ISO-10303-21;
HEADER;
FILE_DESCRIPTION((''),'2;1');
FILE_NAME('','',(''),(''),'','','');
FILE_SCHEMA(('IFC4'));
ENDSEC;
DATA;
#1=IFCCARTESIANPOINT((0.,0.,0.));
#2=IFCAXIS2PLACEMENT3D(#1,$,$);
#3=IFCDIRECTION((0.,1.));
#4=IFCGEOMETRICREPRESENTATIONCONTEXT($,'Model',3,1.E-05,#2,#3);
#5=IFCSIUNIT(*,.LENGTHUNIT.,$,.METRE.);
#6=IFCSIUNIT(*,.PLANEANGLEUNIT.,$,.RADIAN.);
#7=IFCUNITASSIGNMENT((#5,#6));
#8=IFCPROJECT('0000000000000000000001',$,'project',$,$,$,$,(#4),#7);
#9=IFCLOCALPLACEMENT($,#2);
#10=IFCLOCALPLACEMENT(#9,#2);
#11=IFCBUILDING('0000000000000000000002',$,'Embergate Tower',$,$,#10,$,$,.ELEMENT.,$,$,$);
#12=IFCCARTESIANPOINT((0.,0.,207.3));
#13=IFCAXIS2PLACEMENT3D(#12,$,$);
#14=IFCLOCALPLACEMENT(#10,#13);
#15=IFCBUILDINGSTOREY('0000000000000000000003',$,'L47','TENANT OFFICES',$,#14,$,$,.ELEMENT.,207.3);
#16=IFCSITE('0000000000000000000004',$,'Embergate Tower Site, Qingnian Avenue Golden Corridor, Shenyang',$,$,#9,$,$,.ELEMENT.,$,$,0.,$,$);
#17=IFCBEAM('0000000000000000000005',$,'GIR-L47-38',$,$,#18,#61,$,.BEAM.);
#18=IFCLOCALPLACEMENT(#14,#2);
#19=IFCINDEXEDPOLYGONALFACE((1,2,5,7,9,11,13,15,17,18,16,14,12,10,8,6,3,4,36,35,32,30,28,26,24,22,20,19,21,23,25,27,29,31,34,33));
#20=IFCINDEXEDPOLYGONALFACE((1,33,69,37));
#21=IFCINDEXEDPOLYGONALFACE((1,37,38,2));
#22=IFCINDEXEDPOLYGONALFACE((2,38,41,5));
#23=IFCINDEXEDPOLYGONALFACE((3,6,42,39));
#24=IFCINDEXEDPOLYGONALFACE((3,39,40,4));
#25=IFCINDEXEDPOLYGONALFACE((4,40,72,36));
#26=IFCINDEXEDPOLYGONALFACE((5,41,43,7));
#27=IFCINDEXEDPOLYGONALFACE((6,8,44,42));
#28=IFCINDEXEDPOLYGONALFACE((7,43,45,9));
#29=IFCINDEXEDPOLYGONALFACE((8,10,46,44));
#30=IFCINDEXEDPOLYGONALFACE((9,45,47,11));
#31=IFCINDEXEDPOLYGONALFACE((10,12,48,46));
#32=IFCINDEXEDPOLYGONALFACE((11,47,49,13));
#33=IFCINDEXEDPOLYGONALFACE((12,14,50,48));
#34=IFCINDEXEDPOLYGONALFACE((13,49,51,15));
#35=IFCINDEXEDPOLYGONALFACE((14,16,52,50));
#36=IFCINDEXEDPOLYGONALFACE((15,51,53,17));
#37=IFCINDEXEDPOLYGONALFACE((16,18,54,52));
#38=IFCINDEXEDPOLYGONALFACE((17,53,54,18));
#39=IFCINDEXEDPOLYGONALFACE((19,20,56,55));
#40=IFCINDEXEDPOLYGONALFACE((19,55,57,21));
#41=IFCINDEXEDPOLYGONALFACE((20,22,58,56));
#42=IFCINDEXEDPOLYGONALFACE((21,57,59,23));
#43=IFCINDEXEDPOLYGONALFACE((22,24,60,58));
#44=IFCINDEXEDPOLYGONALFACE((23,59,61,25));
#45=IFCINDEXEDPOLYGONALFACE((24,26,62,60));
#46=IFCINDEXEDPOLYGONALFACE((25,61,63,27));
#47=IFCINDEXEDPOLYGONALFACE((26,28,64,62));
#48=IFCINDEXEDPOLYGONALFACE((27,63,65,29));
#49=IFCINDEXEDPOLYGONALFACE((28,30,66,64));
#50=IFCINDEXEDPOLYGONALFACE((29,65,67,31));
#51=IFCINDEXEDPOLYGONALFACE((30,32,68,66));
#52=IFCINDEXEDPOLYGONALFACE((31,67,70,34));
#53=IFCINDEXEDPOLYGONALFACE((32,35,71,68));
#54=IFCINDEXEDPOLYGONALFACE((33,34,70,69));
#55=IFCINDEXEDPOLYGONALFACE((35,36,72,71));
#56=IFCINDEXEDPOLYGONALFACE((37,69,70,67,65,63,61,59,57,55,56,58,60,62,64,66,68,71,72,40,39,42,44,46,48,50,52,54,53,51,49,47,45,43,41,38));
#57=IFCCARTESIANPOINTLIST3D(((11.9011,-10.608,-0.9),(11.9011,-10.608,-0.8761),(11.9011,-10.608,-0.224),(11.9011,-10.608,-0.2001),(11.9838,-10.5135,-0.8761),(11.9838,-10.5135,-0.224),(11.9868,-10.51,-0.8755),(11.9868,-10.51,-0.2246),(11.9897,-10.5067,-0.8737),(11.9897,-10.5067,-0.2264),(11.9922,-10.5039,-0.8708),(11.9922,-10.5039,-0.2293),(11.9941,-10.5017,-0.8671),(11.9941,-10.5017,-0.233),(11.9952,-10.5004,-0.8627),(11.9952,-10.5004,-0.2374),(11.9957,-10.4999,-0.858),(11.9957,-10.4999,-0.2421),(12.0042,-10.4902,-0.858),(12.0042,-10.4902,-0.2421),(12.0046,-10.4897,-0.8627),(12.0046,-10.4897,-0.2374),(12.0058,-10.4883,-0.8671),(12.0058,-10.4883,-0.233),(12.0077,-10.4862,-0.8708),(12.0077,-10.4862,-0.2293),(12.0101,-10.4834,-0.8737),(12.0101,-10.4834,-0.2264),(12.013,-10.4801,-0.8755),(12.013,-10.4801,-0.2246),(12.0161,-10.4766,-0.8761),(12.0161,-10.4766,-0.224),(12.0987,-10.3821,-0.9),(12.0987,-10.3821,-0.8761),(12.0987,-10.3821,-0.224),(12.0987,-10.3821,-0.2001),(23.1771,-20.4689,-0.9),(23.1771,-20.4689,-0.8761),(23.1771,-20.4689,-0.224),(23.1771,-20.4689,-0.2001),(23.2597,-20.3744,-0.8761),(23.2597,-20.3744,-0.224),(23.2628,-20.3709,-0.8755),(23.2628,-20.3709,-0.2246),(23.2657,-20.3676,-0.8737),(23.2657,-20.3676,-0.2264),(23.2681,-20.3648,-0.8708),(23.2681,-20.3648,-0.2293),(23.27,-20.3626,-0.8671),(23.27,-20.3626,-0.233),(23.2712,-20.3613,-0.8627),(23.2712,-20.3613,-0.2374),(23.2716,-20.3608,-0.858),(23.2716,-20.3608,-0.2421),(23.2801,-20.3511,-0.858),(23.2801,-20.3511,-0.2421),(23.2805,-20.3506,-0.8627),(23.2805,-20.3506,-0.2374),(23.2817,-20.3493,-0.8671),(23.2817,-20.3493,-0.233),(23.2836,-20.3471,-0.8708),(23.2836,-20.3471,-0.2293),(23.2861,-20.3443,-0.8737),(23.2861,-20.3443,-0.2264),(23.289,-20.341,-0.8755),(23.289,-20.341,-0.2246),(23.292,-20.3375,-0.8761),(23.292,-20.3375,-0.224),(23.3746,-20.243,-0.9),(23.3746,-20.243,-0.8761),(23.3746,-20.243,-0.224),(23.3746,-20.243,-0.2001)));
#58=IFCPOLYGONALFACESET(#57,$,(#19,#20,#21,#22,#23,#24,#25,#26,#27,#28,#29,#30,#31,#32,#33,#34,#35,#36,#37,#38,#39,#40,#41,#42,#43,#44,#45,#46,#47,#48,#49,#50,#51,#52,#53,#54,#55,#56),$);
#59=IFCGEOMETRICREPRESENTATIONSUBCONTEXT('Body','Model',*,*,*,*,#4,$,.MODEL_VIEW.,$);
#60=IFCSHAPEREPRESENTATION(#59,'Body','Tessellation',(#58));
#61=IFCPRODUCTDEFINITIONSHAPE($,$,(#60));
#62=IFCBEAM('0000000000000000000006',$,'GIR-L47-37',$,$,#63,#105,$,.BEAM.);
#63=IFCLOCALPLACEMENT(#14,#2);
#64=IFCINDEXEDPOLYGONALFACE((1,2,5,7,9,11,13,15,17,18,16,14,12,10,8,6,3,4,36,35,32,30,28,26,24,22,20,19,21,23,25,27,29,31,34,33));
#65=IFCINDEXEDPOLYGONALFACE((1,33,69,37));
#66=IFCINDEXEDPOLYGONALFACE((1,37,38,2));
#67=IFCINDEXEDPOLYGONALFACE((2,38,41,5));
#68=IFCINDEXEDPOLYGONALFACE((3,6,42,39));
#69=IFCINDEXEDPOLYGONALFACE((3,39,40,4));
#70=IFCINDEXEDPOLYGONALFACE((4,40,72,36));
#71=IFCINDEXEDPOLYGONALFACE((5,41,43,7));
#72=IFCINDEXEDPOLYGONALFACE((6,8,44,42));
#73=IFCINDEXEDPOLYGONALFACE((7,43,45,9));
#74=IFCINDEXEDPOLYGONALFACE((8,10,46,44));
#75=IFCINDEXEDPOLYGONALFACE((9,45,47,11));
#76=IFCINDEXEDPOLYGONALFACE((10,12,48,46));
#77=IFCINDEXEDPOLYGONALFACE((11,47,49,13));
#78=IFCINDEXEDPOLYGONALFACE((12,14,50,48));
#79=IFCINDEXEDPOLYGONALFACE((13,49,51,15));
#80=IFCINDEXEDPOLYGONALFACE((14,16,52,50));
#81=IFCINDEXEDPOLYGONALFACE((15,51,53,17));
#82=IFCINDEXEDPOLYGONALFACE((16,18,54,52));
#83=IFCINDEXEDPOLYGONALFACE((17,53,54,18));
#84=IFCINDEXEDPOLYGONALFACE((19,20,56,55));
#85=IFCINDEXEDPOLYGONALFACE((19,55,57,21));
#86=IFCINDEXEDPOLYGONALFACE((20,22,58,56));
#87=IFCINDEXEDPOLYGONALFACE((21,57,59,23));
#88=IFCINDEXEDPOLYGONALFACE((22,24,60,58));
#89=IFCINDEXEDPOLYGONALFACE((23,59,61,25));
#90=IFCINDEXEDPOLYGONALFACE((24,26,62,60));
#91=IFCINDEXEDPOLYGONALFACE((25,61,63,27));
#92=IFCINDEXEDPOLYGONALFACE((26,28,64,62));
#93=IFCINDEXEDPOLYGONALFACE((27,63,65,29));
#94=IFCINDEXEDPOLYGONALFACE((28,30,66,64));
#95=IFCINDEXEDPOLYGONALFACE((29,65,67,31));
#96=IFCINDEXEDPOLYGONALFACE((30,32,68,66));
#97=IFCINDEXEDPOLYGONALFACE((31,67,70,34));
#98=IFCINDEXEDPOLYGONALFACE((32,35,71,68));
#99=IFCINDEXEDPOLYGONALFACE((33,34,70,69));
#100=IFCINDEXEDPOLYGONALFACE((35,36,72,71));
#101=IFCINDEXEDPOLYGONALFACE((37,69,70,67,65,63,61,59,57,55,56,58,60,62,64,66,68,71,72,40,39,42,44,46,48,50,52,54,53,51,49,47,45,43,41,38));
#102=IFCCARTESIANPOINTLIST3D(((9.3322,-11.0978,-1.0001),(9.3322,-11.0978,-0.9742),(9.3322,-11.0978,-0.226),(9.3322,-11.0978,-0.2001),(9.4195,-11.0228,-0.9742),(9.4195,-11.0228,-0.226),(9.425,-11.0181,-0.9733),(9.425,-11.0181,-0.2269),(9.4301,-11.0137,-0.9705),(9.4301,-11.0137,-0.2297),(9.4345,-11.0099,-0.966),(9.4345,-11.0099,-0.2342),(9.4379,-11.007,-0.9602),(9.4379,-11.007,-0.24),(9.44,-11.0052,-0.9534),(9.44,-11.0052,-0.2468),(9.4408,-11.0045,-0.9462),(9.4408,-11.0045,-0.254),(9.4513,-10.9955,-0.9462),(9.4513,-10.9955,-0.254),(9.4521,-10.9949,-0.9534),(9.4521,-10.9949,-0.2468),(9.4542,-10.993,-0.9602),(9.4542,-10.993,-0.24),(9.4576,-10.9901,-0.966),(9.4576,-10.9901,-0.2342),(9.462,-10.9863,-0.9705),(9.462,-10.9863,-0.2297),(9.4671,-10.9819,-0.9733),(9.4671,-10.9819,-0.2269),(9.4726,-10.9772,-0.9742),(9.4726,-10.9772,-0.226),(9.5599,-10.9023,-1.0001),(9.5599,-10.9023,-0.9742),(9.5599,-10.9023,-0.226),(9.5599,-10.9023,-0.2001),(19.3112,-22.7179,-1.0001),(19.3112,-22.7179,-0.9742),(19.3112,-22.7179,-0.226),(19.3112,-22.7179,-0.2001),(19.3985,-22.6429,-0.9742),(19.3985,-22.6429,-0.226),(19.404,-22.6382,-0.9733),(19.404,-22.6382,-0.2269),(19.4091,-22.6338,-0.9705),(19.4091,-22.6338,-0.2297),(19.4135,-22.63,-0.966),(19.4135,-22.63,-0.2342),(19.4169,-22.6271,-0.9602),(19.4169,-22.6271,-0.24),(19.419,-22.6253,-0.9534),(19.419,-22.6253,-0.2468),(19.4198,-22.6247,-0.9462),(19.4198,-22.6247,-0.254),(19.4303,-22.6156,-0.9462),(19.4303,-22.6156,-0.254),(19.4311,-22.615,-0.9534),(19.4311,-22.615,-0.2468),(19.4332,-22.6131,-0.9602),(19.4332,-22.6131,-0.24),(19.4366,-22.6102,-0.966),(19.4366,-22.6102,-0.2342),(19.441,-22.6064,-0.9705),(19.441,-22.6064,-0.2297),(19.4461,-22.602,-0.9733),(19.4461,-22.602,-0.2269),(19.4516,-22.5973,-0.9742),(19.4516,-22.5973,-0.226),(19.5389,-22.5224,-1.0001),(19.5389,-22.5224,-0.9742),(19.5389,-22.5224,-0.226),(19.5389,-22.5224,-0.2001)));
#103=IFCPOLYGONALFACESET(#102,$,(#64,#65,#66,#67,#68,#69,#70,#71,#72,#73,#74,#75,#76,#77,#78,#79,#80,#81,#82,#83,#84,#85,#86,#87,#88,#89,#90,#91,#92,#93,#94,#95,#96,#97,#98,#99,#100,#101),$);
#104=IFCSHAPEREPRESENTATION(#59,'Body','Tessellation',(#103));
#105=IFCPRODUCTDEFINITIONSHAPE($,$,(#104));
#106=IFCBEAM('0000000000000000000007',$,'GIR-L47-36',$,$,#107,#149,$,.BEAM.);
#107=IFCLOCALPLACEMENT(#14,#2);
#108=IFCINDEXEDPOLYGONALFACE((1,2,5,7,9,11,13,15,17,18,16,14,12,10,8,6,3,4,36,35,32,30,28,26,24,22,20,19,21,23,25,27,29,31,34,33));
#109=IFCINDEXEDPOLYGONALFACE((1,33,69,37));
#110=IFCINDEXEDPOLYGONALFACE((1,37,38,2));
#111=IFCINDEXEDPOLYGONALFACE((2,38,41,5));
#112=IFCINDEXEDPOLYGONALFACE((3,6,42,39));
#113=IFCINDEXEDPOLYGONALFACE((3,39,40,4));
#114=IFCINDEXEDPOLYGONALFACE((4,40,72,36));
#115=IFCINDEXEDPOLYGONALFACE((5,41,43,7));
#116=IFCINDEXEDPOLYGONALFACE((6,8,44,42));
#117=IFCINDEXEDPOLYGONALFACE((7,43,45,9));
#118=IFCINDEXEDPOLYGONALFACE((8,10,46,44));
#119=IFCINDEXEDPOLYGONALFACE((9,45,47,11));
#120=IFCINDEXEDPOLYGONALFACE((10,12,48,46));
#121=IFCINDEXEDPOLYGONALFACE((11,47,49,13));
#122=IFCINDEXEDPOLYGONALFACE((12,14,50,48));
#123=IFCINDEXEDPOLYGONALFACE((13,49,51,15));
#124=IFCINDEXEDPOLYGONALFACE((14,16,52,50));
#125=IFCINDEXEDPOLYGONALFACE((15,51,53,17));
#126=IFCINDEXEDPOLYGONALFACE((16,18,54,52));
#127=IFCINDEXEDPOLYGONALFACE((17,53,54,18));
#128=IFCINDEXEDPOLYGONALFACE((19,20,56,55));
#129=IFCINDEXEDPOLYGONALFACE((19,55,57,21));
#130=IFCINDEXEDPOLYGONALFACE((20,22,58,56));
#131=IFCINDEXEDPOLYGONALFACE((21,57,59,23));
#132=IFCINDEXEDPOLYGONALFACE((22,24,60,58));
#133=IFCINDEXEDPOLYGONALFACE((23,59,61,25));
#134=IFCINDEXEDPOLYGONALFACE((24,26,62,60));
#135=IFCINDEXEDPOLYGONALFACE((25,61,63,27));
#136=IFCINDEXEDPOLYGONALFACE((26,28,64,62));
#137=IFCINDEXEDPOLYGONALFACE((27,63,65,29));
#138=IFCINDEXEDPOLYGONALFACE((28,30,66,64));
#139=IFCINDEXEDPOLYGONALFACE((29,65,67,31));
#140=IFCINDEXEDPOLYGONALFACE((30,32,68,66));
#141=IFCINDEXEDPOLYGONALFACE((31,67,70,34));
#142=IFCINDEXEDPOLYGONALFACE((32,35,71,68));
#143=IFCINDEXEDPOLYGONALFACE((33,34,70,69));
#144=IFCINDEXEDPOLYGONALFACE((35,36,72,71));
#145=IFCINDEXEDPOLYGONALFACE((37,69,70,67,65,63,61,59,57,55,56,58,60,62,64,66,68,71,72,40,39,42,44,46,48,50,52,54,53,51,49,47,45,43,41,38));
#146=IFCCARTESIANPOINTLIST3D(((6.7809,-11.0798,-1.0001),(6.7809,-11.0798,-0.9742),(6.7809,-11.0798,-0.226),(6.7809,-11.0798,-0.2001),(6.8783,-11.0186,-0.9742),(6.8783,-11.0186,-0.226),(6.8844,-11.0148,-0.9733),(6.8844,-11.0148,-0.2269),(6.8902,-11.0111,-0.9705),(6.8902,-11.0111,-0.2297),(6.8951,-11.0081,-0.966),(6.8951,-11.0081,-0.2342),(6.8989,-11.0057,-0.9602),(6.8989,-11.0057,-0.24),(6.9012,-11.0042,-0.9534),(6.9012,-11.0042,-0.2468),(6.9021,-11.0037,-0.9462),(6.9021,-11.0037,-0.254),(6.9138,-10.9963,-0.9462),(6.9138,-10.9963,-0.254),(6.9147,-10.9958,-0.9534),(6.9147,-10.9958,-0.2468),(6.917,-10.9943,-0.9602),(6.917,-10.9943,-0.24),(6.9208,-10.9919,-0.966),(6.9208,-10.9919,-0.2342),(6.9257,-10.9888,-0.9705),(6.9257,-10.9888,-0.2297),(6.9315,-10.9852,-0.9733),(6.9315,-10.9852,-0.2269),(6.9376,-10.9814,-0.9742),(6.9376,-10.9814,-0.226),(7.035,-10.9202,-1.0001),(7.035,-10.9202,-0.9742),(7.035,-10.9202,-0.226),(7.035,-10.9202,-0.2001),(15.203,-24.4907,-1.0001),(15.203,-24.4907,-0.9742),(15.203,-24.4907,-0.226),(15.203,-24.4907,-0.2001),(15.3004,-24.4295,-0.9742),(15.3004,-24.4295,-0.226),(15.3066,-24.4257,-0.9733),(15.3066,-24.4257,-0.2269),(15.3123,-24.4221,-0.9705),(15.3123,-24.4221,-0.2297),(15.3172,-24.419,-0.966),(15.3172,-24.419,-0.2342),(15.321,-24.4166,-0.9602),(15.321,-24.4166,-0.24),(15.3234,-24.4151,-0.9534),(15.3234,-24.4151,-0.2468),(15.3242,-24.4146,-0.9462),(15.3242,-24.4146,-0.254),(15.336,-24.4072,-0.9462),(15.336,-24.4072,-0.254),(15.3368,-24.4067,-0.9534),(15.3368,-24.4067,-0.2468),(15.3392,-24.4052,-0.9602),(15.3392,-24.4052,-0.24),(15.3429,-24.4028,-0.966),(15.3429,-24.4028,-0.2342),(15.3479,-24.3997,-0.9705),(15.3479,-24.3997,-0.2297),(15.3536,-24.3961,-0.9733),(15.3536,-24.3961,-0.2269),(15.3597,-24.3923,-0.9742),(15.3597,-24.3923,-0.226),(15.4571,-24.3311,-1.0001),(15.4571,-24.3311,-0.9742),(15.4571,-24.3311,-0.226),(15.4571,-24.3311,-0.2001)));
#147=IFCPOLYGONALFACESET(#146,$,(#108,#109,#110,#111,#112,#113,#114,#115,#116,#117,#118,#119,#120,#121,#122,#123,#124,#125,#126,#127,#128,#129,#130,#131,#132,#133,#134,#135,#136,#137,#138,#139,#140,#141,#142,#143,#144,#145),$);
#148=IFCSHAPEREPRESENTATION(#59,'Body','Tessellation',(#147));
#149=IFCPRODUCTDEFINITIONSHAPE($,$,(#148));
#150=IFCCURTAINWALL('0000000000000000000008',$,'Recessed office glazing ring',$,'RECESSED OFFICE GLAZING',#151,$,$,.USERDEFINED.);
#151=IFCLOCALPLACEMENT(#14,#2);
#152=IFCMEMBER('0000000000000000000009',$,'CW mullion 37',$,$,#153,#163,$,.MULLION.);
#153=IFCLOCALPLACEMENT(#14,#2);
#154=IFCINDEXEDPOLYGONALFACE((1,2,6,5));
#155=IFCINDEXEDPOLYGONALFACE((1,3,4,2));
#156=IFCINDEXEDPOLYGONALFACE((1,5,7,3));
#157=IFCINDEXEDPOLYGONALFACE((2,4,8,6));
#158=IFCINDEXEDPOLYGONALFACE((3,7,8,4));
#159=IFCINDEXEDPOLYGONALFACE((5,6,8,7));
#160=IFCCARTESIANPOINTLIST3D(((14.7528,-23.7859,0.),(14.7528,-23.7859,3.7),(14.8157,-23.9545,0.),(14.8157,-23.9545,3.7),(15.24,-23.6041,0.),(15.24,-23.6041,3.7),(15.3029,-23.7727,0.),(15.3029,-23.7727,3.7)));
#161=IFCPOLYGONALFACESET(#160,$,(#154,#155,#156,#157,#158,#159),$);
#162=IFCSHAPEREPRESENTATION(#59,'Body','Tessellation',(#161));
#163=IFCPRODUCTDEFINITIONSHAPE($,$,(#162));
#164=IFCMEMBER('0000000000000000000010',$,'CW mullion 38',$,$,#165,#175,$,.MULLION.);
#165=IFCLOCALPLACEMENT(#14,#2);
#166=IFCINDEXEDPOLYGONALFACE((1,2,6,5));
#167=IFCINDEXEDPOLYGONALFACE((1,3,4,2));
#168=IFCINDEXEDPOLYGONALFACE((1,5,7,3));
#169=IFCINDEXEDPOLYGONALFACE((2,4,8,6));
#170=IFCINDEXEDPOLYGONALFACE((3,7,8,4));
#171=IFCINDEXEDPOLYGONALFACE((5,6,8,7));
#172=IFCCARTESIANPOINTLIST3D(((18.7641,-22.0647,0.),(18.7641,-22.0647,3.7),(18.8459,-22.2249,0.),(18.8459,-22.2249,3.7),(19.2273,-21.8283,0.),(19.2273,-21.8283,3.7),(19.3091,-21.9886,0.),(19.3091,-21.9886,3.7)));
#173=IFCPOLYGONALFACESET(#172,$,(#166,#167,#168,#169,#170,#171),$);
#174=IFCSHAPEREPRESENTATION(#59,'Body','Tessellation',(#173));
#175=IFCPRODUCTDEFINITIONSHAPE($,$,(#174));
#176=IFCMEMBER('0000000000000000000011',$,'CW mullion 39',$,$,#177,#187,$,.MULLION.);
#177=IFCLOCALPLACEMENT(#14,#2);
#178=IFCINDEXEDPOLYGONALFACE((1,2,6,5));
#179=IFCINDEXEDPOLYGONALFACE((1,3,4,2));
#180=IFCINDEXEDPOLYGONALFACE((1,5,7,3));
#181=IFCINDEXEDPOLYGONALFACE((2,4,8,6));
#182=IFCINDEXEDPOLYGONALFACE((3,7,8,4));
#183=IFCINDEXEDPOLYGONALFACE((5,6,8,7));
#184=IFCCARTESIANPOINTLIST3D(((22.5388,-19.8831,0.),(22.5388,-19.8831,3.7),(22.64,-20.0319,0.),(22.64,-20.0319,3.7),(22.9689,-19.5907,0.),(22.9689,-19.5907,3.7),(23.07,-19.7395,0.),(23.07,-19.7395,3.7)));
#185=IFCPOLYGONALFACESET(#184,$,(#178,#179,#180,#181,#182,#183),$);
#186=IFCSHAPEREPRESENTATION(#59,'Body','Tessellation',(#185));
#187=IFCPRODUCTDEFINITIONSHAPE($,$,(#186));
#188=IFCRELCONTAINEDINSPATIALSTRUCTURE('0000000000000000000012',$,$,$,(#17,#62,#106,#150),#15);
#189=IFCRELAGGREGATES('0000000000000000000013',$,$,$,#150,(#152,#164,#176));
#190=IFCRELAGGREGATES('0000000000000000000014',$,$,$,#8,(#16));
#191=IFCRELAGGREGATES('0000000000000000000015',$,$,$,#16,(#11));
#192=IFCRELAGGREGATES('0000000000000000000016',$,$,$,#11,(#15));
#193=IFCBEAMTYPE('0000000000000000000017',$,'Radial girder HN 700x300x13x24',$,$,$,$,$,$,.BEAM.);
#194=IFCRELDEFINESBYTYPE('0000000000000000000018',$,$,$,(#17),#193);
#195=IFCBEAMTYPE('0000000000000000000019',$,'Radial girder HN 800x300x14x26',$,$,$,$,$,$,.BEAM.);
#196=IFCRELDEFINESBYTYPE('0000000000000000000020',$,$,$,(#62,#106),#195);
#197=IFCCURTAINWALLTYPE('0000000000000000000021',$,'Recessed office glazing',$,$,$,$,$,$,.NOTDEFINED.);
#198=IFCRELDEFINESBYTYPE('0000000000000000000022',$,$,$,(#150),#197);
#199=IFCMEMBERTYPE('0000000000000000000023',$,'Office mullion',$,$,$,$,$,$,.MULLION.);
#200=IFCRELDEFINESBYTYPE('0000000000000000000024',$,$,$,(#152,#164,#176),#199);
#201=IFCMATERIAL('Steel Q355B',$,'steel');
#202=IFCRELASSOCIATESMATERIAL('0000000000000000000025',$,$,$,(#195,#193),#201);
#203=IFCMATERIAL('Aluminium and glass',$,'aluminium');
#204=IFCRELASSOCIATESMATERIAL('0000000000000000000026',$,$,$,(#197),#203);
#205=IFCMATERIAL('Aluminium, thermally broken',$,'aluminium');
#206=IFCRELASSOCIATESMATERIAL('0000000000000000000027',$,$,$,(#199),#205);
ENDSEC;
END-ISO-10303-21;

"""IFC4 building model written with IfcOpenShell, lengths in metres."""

from ifc_helpers import new_model, si_unit, direction, frame, origin, origin_2d, place, context, subcontext, project, spatial, rectangle, i_section, extrude, source, transform, mapped, material, material_profile, profile_set, type_object, element, aggregate, save


model = new_model("IFC4")

# Units and contexts
model_context = context("Model", 3, precision=1e-05, world=origin(), true_north=direction((0.0, 1.0)))
body_context = subcontext(model_context, "Body", "Model", "MODEL_VIEW")
ifc_project = project(units=[si_unit("LENGTHUNIT", "METRE"), si_unit("PLANEANGLEUNIT", "RADIAN")], contexts=[model_context])

# Site, building, storey
site_placement = place(None, origin())
site = spatial("IfcSite", under=ifc_project, at=site_placement, Name="Embergate Tower Site, Qingnian Avenue Golden Corridor, Shenyang", CompositionType="ELEMENT", RefElevation=0.0)
building_placement = place(site_placement, origin())
building = spatial("IfcBuilding", under=site, at=building_placement, Name="Embergate Tower", CompositionType="ELEMENT")
storey_placement = place(building_placement, frame((0.0, 0.0, 207.3)))
storey = spatial("IfcBuildingStorey", under=building, at=storey_placement, Name="L47", Description="TENANT OFFICES", CompositionType="ELEMENT", Elevation=207.3)

# Beams
ifc_material_1 = material(Name="Steel Q355B", Category="steel")
ifc_material_profile_1 = material_profile(ifc_material_1, i_section(OverallWidth=0.3, OverallDepth=0.8, WebThickness=0.0139, FlangeThickness=0.0259, FilletRadius=0.0281, at=origin_2d()), Name="HN 800x300x14x26")
ifc_profile_set_1 = profile_set([ifc_material_profile_1], Name="Steel Q355 grade B")
beam_type_1 = type_object("IfcBeamType", Name="Radial girder HN 800x300x14x26", PredefinedType="BEAM", material=ifc_profile_set_1)
ifc_material_profile_2 = material_profile(ifc_material_1, i_section(OverallWidth=0.3, OverallDepth=0.7, WebThickness=0.0129, FlangeThickness=0.0239, FilletRadius=0.0181, at=origin_2d()), Name="HN 700x300x13x24")
ifc_profile_set_2 = profile_set([ifc_material_profile_2], Name="Steel Q355 grade B")
beam_type_2 = type_object("IfcBeamType", Name="Radial girder HN 700x300x13x24", PredefinedType="BEAM", material=ifc_profile_set_2)
shared_shape_1 = source(origin(), body_context, "Body", "SweptSolid", [
    extrude(i_section(OverallWidth=0.3, OverallDepth=0.7, WebThickness=0.0129, FlangeThickness=0.0239, FilletRadius=0.0181, at=origin_2d()), origin(), (0.0, 0.0, 1.0), 14.9795),
])
beam_1_placement = place(storey_placement, frame((23.2759, -20.356, -0.55), z_axis=(-0.75276, 0.658295, 0.0), x_axis=(-0.658295, -0.75276, 0.0)))
element("IfcBeam", 1, at=beam_1_placement, inside=storey, type_object=beam_type_2, Name="GIR-L47-38", PredefinedType="BEAM", context=body_context, shape_type="MappedRepresentation", body=[
    mapped(shared_shape_1, transform((0.0, 0.0, 0.0))),
])
shared_shape_2 = source(origin(), body_context, "Body", "SweptSolid", [
    extrude(i_section(OverallWidth=0.3, OverallDepth=0.8, WebThickness=0.0139, FlangeThickness=0.0259, FilletRadius=0.0281, at=origin_2d()), origin(), (0.0, 0.0, 1.0), 15.3169),
])
beam_2_placement = place(storey_placement, frame((19.425, -22.6201, -0.6001), z_axis=(-0.651503, 0.758646, 0.0), x_axis=(-0.758646, -0.651503, 0.0)))
element("IfcBeam", 2, at=beam_2_placement, inside=storey, type_object=beam_type_1, Name="GIR-L47-37", PredefinedType="BEAM", context=body_context, shape_type="MappedRepresentation", body=[
    mapped(shared_shape_2, transform((0.0, 0.0, 0.0))),
])
shared_shape_3 = source(origin(), body_context, "Body", "SweptSolid", [
    extrude(i_section(OverallWidth=0.3, OverallDepth=0.8, WebThickness=0.0139, FlangeThickness=0.0259, FilletRadius=0.0281, at=origin_2d()), origin(), (0.0, 0.0, 1.0), 15.8362),
])
beam_3_placement = place(storey_placement, frame((15.3301, -24.4109, -0.6001), z_axis=(-0.531828, 0.846852, 0.0), x_axis=(-0.846852, -0.531828, 0.0)))
element("IfcBeam", 3, at=beam_3_placement, inside=storey, type_object=beam_type_1, Name="GIR-L47-36", PredefinedType="BEAM", context=body_context, shape_type="MappedRepresentation", body=[
    mapped(shared_shape_3, transform((0.0, 0.0, 0.0))),
])

# Curtain wall, members
ifc_material_2 = material(Name="Aluminium and glass", Category="aluminium")
curtain_wall_type = type_object("IfcCurtainWallType", Name="Recessed office glazing", PredefinedType="NOTDEFINED", material=ifc_material_2)
curtain_wall_placement = place(storey_placement, origin())
curtain_wall = element("IfcCurtainWall", 4, at=curtain_wall_placement, inside=storey, type_object=curtain_wall_type, Name="Recessed office glazing ring", ObjectType="RECESSED OFFICE GLAZING", PredefinedType="USERDEFINED")
ifc_material_3 = material(Name="Aluminium, thermally broken", Category="aluminium")
ifc_material_profile_3 = material_profile(ifc_material_3, rectangle(XDim=0.1799, YDim=0.52, at=origin_2d()), Name="AL 520x180")
ifc_profile_set_3 = profile_set([ifc_material_profile_3], Name="Aluminium, thermally broken")
member_type_1 = type_object("IfcMemberType", Name="Office mullion", PredefinedType="MULLION", material=ifc_profile_set_3)
shared_shape_4 = source(origin(), body_context, "Body", "SweptSolid", [
    extrude(rectangle(XDim=0.1799, YDim=0.52, at=origin_2d()), origin(), (0.0, 0.0, 1.0), 3.7),
])
member_1_placement = place(storey_placement, frame((15.0278, -23.7793, 0.0), z_axis=(0.0, 0.0, 1.0), x_axis=(-0.349506, 0.936934, 0.0)))
member_1 = element("IfcMember", 5, at=member_1_placement, type_object=member_type_1, Name="CW mullion 37", PredefinedType="MULLION", context=body_context, shape_type="MappedRepresentation", body=[
    mapped(shared_shape_4, transform((0.0, 0.0, 0.0))),
])
member_2_placement = place(storey_placement, frame((19.0366, -22.0266, 0.0), z_axis=(0.0, 0.0, 1.0), x_axis=(-0.454514, 0.890739, 0.0)))
member_2 = element("IfcMember", 6, at=member_2_placement, type_object=member_type_1, Name="CW mullion 38", PredefinedType="MULLION", context=body_context, shape_type="MappedRepresentation", body=[
    mapped(shared_shape_4, transform((0.0, 0.0, 0.0))),
])
member_3_placement = place(storey_placement, frame((22.8044, -19.8113, 0.0), z_axis=(0.0, 0.0, 1.0), x_axis=(-0.562221, 0.826987, 0.0)))
member_3 = element("IfcMember", 7, at=member_3_placement, type_object=member_type_1, Name="CW mullion 39", PredefinedType="MULLION", context=body_context, shape_type="MappedRepresentation", body=[
    mapped(shared_shape_4, transform((0.0, 0.0, 0.0))),
])
aggregate(curtain_wall, [member_1, member_2, member_3])

save(model, "model.ifc")
